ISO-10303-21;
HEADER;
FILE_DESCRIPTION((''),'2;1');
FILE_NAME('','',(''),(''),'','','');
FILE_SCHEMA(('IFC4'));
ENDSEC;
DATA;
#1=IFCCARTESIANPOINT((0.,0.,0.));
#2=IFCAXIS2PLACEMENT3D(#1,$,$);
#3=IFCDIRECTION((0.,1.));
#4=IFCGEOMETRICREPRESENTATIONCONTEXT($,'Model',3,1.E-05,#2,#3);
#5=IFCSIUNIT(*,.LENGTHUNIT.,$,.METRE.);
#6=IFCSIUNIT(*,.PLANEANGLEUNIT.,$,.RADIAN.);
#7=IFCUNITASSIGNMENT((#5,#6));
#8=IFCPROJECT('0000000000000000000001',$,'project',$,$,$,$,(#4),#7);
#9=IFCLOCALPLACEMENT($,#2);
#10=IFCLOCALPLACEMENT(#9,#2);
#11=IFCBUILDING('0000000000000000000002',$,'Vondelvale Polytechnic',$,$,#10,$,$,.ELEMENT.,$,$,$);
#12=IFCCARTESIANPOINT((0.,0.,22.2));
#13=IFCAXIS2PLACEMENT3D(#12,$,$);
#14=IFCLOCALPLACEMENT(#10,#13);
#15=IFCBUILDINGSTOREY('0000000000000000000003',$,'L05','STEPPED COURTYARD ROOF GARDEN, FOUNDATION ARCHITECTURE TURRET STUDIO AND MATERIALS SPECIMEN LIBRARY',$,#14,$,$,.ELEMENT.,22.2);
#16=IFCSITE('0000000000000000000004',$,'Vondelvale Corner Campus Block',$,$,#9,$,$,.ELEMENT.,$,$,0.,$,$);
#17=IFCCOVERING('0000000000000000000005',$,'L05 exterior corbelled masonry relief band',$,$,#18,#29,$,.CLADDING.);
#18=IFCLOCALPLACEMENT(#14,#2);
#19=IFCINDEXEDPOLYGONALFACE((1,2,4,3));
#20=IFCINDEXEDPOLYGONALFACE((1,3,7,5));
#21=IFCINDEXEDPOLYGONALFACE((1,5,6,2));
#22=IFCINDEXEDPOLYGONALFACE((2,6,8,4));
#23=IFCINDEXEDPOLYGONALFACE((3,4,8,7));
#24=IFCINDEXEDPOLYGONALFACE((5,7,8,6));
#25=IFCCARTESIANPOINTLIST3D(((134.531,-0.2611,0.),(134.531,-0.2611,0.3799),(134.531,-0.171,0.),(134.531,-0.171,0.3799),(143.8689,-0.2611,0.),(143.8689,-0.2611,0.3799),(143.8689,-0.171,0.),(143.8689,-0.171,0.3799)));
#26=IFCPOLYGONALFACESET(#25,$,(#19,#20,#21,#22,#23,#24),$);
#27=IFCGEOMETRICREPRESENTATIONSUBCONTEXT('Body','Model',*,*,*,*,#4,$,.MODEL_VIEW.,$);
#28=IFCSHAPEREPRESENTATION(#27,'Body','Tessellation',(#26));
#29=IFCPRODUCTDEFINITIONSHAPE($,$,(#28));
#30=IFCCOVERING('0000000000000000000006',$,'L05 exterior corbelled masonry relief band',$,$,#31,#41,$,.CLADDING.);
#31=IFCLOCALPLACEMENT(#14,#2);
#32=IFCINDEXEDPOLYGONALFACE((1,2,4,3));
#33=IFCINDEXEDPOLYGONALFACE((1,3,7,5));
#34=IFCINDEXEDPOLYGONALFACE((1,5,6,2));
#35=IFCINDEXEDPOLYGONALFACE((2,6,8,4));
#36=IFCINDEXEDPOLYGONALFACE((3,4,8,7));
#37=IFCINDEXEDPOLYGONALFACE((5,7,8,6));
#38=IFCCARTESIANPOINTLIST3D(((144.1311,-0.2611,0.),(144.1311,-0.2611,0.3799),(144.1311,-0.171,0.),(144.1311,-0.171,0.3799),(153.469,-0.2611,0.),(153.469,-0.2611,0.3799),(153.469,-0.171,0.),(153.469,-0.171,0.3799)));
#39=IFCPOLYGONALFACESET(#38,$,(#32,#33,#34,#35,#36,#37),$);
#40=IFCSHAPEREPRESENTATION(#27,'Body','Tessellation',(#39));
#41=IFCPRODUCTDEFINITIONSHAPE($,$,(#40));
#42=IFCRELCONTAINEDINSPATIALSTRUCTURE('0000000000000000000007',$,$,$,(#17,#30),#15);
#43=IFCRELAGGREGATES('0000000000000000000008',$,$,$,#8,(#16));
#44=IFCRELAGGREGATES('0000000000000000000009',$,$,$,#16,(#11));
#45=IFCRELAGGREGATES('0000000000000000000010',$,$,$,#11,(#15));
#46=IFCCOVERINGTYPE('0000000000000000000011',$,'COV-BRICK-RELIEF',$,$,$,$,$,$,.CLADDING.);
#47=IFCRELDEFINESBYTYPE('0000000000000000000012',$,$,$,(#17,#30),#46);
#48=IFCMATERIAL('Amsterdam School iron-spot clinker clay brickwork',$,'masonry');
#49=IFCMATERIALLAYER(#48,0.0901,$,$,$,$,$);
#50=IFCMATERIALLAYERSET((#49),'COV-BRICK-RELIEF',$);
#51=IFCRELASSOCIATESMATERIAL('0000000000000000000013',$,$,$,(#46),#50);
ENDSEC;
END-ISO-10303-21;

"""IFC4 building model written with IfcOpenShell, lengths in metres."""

from ifc_helpers import new_model, si_unit, direction, frame, origin, origin_2d, place, context, subcontext, project, spatial, rectangle, extrude, material, layer, layer_set, type_object, element, save


model = new_model("IFC4")

# Units and contexts
model_context = context("Model", 3, precision=1e-05, world=origin(), true_north=direction((0.0, 1.0)))
body_context = subcontext(model_context, "Body", "Model", "MODEL_VIEW")
ifc_project = project(units=[si_unit("LENGTHUNIT", "METRE"), si_unit("PLANEANGLEUNIT", "RADIAN")], contexts=[model_context])

# Site, building, storey
site_placement = place(None, origin())
site = spatial("IfcSite", under=ifc_project, at=site_placement, Name="Vondelvale Corner Campus Block", CompositionType="ELEMENT", RefElevation=0.0)
building_placement = place(site_placement, origin())
building = spatial("IfcBuilding", under=site, at=building_placement, Name="Vondelvale Polytechnic", CompositionType="ELEMENT")
storey_placement = place(building_placement, frame((0.0, 0.0, 22.2)))
storey = spatial("IfcBuildingStorey", under=building, at=storey_placement, Name="L05", Description="STEPPED COURTYARD ROOF GARDEN, FOUNDATION ARCHITECTURE TURRET STUDIO AND MATERIALS SPECIMEN LIBRARY", CompositionType="ELEMENT", Elevation=22.2)

# Shared definitions
ifc_material_1 = material(Name="Amsterdam School iron-spot clinker clay brickwork", Category="masonry")

# Coverings
ifc_layer_1 = layer(ifc_material_1, 0.0901)
ifc_layer_set_1 = layer_set([ifc_layer_1], Name="COV-BRICK-RELIEF")
covering_type = type_object("IfcCoveringType", Name="COV-BRICK-RELIEF", PredefinedType="CLADDING", material=ifc_layer_set_1)
for number, where, z_axis, x_axis, name in (
    (1, (139.2, -0.2161, 0.0), (0.0, 0.0, 1.0), (-1.0, 0.0, 0.0), "L05 exterior corbelled masonry relief band"),
    (2, (148.8, -0.2161, 0.0), (0.0, 0.0, 1.0), (-1.0, 0.0, 0.0), "L05 exterior corbelled masonry relief band"),
):
    element("IfcCovering", number, at=place(storey_placement, frame(where, z_axis=z_axis, x_axis=x_axis)), inside=storey, type_object=covering_type, Name=name, PredefinedType="CLADDING", context=body_context, shape_type="SweptSolid", body=[
        extrude(rectangle(XDim=9.3379, YDim=0.0901, at=origin_2d()), origin(), (0.0, 0.0, 1.0), 0.3799),
    ])

save(model, "model.ifc")
